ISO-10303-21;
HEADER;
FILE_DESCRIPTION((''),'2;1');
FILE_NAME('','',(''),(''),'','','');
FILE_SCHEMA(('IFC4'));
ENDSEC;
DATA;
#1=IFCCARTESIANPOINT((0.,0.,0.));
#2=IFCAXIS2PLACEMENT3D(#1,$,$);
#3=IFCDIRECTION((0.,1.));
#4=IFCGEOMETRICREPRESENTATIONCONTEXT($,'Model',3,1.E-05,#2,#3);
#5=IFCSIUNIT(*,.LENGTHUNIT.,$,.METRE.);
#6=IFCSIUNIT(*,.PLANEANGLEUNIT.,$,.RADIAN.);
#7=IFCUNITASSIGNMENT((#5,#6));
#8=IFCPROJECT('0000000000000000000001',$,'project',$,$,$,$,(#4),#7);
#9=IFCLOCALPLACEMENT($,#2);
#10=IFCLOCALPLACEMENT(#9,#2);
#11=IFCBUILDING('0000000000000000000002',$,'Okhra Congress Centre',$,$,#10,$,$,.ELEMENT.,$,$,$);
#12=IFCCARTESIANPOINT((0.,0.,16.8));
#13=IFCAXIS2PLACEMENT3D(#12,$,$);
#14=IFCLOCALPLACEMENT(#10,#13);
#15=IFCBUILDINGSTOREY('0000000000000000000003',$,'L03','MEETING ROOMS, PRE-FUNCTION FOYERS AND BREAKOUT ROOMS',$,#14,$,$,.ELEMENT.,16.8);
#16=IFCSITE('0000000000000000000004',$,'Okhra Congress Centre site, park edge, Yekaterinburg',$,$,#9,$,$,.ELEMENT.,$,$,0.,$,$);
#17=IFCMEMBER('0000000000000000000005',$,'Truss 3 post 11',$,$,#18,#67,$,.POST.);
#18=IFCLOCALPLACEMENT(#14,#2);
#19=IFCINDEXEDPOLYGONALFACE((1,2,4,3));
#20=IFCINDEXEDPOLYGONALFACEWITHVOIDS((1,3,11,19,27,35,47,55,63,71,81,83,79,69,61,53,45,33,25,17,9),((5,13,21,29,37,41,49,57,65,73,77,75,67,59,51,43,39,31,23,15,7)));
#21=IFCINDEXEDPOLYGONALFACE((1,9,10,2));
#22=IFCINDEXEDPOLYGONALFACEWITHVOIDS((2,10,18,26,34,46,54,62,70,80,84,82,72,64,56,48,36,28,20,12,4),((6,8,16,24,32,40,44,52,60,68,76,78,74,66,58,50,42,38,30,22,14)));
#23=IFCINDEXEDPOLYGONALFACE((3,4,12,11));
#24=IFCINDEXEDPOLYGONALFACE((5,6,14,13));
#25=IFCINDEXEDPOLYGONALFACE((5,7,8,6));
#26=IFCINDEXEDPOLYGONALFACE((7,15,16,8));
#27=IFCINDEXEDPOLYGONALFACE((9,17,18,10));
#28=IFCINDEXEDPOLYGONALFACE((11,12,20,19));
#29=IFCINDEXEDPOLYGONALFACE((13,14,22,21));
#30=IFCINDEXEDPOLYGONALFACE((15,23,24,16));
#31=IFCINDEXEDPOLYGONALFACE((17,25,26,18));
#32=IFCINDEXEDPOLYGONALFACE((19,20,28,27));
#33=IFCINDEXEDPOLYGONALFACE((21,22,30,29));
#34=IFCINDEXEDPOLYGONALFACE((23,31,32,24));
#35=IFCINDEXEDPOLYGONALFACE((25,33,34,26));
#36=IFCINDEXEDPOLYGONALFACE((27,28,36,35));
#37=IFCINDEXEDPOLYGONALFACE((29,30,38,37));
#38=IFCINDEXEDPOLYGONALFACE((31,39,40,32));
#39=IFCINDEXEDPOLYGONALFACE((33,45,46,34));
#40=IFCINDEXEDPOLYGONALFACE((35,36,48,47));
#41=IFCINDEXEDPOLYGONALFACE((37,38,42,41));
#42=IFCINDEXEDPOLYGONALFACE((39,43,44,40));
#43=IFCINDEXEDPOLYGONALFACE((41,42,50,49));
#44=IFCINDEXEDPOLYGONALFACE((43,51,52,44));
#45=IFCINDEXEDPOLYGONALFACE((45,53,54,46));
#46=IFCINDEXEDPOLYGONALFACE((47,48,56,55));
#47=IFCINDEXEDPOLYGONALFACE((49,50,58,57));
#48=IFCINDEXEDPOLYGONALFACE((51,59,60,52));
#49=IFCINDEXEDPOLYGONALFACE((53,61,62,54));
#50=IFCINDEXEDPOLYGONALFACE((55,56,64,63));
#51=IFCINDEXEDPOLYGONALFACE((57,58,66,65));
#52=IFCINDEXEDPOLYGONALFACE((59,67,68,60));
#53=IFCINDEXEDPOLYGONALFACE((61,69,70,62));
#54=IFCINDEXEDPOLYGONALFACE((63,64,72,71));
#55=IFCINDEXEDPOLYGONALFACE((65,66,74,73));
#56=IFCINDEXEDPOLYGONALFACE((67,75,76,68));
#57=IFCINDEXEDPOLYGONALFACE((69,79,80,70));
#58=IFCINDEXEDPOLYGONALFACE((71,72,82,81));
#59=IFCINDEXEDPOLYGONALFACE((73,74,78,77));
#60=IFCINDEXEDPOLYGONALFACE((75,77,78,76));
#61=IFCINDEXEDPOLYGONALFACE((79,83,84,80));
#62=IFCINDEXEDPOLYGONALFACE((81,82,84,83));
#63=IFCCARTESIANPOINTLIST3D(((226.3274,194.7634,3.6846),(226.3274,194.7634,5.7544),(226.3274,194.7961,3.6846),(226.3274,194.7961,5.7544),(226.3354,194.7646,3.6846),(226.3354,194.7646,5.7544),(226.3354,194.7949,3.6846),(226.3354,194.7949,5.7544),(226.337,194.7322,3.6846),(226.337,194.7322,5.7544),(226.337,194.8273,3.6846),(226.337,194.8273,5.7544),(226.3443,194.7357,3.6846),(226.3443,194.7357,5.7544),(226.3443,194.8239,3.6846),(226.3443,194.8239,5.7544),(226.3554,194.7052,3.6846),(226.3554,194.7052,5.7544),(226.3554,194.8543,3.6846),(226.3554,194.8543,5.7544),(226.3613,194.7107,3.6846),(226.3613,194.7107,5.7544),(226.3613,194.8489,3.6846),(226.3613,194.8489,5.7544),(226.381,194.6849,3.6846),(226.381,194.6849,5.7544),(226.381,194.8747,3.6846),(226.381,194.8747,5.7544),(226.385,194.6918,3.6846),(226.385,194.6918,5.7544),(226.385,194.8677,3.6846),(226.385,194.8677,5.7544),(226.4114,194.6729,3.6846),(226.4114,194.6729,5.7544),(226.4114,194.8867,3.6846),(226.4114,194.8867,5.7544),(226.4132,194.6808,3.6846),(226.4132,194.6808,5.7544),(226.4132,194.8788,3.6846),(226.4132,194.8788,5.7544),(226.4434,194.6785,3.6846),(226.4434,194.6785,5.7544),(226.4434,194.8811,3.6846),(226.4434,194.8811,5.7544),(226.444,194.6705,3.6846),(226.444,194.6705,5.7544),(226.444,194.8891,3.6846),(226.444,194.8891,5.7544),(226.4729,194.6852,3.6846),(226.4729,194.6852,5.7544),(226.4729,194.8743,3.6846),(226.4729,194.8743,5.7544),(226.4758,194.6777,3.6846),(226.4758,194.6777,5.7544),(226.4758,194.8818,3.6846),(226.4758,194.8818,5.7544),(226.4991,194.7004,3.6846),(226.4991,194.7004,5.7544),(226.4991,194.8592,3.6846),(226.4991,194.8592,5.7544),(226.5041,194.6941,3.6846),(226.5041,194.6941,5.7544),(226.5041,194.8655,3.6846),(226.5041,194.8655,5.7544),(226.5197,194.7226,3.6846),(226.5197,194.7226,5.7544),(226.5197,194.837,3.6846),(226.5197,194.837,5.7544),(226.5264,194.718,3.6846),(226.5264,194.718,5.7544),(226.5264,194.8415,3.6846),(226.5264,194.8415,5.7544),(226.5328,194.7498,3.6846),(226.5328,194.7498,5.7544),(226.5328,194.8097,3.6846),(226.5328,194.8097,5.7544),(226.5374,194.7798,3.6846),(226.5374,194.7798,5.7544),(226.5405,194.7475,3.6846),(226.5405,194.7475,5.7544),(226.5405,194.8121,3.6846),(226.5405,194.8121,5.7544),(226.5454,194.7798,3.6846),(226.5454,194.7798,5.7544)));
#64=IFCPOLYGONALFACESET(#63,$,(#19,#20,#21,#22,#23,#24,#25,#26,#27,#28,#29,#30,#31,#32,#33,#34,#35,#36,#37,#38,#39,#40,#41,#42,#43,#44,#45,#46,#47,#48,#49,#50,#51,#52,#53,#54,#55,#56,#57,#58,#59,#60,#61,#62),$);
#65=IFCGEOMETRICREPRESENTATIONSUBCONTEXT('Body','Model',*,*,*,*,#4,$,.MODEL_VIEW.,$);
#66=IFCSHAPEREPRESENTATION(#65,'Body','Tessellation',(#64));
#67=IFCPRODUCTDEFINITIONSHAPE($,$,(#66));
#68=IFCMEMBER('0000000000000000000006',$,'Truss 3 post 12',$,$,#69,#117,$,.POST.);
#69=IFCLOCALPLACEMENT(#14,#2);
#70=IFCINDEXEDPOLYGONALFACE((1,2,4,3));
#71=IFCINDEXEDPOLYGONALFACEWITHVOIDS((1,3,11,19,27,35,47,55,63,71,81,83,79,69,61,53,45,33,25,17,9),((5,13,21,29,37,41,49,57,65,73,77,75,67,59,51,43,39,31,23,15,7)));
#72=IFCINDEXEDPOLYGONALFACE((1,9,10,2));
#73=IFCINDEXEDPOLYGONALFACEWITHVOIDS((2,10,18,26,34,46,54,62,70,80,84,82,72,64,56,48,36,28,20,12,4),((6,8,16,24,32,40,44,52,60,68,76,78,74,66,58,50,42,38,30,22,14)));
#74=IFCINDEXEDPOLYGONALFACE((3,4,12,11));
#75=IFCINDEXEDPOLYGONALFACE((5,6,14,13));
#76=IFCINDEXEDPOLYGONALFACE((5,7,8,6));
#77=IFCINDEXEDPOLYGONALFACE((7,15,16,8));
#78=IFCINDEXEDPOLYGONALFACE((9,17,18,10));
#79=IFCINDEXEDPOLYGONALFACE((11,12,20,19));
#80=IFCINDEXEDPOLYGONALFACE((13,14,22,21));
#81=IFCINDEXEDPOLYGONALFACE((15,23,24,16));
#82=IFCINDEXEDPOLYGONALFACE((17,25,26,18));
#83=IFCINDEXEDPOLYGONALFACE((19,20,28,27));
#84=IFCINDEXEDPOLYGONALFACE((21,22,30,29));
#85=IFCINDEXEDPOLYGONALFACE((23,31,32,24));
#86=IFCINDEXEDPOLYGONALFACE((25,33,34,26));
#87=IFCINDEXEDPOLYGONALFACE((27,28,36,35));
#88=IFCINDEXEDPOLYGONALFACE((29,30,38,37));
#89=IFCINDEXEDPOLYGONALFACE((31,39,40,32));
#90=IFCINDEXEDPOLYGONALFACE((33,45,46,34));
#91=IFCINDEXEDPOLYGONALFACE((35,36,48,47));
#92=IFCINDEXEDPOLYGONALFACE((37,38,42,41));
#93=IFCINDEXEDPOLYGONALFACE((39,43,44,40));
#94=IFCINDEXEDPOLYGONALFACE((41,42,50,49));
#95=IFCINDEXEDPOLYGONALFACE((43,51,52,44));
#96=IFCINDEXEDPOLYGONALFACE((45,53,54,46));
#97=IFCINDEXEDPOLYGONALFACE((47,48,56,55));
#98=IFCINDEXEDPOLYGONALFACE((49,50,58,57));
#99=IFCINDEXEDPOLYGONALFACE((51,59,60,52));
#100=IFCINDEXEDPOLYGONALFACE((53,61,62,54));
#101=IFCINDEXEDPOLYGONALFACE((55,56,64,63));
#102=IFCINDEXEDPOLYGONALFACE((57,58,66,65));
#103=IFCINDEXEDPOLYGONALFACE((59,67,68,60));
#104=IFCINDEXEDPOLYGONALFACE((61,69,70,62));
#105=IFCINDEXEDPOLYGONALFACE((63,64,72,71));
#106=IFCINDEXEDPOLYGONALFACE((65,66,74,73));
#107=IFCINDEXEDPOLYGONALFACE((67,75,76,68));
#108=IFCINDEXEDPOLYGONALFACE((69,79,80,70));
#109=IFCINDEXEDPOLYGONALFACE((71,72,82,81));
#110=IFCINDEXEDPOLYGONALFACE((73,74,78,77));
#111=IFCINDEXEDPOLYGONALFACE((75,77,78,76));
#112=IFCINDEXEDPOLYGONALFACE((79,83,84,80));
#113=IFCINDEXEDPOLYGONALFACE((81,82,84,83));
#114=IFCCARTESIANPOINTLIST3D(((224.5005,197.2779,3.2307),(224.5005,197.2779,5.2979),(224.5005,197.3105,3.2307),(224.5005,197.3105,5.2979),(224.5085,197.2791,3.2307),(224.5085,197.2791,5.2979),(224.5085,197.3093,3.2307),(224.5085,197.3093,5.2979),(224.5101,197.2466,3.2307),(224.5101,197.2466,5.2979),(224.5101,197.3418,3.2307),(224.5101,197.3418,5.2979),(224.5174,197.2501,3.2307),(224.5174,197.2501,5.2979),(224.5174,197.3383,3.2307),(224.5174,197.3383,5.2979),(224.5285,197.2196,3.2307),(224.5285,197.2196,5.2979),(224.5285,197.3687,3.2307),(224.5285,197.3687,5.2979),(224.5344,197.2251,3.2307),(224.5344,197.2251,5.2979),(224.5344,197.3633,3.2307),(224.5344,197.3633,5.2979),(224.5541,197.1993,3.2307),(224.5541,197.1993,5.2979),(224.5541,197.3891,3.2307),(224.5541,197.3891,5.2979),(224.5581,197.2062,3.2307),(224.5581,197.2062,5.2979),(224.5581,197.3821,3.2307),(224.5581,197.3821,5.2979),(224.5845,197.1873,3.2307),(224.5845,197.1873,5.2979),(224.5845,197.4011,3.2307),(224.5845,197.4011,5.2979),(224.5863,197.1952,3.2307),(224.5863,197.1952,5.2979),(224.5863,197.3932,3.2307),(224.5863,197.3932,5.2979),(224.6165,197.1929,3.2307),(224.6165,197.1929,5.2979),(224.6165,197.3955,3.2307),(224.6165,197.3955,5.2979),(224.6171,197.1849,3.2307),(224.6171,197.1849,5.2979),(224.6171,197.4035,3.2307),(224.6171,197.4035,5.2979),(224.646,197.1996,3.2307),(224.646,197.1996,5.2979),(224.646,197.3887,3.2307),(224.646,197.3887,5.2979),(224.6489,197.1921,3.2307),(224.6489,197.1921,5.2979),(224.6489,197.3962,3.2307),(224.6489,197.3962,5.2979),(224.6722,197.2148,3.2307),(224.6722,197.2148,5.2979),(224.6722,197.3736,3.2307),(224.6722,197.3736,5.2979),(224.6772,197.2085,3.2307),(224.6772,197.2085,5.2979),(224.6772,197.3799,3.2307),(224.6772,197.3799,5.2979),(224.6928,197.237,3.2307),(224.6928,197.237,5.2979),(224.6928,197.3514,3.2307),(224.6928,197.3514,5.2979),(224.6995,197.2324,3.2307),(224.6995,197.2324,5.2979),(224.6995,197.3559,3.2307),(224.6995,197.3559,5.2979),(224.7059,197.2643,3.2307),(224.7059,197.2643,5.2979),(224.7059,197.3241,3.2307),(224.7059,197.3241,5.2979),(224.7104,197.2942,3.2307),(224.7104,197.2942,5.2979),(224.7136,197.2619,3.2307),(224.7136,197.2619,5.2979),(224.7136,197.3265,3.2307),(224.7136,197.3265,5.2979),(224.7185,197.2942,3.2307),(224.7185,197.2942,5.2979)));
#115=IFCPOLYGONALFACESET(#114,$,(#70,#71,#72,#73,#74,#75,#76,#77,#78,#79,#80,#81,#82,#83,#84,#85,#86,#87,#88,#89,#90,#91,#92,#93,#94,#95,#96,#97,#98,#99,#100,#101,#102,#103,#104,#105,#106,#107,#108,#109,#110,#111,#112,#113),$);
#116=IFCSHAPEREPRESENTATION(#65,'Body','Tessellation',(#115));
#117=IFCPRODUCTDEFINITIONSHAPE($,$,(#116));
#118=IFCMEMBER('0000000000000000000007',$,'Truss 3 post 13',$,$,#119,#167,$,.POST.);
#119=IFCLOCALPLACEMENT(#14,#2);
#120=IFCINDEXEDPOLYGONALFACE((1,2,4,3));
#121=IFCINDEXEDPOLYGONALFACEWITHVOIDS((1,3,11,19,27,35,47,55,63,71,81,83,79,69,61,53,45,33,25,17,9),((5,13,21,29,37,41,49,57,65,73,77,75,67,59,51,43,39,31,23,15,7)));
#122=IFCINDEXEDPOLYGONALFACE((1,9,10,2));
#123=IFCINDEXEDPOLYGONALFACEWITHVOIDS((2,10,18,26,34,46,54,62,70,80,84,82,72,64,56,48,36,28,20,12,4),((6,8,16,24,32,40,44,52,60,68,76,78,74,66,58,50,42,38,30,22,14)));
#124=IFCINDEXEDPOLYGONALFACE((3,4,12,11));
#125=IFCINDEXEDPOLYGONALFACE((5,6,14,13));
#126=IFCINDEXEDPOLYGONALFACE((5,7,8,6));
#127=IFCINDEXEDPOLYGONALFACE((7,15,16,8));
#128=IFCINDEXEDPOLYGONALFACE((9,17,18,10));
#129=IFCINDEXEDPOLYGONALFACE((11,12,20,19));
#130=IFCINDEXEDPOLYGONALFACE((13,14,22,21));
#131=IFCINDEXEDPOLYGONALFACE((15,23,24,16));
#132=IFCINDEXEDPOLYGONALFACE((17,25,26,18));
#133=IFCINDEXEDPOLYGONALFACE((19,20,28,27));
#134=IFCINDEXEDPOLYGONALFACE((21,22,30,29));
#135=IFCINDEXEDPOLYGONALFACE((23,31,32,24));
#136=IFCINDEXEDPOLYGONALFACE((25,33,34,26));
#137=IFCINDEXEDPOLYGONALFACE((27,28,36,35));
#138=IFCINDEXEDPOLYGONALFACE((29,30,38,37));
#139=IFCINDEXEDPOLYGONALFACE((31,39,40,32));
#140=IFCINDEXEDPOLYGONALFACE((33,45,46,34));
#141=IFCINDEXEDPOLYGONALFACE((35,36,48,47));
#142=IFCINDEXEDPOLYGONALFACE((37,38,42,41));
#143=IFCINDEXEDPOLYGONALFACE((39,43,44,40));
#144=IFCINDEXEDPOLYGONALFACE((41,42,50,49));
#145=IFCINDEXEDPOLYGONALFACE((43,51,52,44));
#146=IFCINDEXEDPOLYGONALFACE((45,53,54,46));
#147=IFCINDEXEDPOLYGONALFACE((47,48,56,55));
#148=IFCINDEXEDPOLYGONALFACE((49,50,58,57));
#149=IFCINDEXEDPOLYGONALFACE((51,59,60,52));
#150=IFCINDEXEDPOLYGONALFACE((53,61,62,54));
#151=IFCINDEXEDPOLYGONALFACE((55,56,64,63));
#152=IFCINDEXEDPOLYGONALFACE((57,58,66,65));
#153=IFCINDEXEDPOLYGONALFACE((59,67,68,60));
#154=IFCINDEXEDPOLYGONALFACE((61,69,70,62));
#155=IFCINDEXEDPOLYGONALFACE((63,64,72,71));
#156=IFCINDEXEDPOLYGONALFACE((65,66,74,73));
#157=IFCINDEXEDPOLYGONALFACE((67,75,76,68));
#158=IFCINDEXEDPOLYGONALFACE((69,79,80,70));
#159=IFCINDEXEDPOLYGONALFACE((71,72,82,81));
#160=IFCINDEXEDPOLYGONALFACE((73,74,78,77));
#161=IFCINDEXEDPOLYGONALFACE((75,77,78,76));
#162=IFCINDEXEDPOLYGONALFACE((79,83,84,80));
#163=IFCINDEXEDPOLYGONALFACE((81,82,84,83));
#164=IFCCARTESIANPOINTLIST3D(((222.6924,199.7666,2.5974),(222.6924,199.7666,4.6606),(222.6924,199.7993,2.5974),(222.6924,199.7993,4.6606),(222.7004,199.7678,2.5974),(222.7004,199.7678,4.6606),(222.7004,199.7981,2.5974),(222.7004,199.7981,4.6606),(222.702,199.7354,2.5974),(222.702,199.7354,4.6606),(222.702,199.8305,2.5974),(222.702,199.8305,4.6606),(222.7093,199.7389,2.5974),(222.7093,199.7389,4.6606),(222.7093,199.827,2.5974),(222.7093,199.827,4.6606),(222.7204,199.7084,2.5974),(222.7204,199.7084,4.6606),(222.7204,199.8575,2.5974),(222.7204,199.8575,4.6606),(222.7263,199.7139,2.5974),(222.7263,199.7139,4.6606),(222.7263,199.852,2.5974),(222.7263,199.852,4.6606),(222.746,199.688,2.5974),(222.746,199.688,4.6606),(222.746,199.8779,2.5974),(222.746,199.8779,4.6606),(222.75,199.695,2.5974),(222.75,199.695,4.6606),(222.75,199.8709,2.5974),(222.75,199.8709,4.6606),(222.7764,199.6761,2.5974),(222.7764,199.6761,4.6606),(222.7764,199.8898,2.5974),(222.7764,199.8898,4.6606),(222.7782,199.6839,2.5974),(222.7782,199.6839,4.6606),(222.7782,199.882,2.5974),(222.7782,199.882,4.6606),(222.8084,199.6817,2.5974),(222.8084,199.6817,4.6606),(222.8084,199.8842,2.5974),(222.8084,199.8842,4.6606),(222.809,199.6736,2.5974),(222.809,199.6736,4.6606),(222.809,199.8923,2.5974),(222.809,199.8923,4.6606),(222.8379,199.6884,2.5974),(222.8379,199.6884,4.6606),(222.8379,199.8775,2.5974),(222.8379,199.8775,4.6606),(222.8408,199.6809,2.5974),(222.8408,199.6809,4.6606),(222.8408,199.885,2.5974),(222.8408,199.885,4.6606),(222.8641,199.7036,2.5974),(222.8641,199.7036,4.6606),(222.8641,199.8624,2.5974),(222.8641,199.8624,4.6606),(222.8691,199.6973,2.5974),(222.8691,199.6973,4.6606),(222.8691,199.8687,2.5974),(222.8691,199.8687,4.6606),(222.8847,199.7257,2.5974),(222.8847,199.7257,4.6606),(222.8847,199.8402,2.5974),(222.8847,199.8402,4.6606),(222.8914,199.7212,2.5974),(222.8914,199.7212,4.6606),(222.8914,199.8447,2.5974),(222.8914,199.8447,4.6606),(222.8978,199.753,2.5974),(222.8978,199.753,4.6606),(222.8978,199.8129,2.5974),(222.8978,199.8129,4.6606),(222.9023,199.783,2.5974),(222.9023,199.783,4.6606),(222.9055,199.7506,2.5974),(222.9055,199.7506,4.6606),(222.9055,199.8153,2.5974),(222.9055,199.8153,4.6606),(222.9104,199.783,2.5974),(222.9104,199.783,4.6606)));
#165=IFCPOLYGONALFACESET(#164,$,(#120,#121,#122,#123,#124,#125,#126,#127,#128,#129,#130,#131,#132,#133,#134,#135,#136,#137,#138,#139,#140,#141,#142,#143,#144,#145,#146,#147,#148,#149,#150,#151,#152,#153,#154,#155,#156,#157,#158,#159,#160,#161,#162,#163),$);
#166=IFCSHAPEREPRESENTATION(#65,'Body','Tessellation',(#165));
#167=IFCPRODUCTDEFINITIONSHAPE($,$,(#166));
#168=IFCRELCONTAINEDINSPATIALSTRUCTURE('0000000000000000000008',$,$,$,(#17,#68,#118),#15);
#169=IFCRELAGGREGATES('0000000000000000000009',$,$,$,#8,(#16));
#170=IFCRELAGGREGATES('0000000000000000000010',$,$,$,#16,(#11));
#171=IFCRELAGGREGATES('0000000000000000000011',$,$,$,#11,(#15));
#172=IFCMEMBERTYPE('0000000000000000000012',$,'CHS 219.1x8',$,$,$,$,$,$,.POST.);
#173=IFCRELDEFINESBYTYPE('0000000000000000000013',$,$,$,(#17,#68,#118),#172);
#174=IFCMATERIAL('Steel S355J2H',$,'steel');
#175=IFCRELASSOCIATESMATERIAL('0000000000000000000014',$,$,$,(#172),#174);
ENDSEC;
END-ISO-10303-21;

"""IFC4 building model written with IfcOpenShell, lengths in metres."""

from ifc_helpers import new_model, si_unit, direction, frame, origin, origin_2d, place, context, subcontext, project, spatial, hollow_circle, extrude, material, material_profile, profile_set, type_object, element, save


model = new_model("IFC4")

# Units and contexts
model_context = context("Model", 3, precision=1e-05, world=origin(), true_north=direction((0.0, 1.0)))
body_context = subcontext(model_context, "Body", "Model", "MODEL_VIEW")
ifc_project = project(units=[si_unit("LENGTHUNIT", "METRE"), si_unit("PLANEANGLEUNIT", "RADIAN")], contexts=[model_context])

# Site, building, storey
site_placement = place(None, origin())
site = spatial("IfcSite", under=ifc_project, at=site_placement, Name="Okhra Congress Centre site, park edge, Yekaterinburg", CompositionType="ELEMENT", RefElevation=0.0)
building_placement = place(site_placement, origin())
building = spatial("IfcBuilding", under=site, at=building_placement, Name="Okhra Congress Centre", CompositionType="ELEMENT")
storey_placement = place(building_placement, frame((0.0, 0.0, 16.8)))
storey = spatial("IfcBuildingStorey", under=building, at=storey_placement, Name="L03", Description="MEETING ROOMS, PRE-FUNCTION FOYERS AND BREAKOUT ROOMS", CompositionType="ELEMENT", Elevation=16.8)

# Members
ifc_material_1 = material(Name="Steel S355J2H", Category="steel")
ifc_material_profile_1 = material_profile(ifc_material_1, hollow_circle(Radius=0.1096, WallThickness=0.0081, at=origin_2d()), Name="CHS 219.1x8")
ifc_profile_set_1 = profile_set([ifc_material_profile_1], Name="Steel S355J2H")
member_type_1 = type_object("IfcMemberType", Name="CHS 219.1x8", PredefinedType="POST", material=ifc_profile_set_1)
for number, where, z_axis, x_axis, name in (
    (1, (226.4358, 194.7798, 3.6846), (0.0, 0.0, 1.0), (1.0, 0.0, 0.0), "Truss 3 post 11"),
):
    element("IfcMember", number, at=place(storey_placement, frame(where, z_axis=z_axis, x_axis=x_axis)), inside=storey, type_object=member_type_1, Name=name, PredefinedType="POST", context=body_context, shape_type="SweptSolid", body=[
        extrude(hollow_circle(Radius=0.1096, WallThickness=0.0081, at=origin_2d()), origin(), (0.0, 0.0, 1.0), 2.0698),
    ])
member_1_placement = place(storey_placement, frame((224.6089, 197.2942, 3.2307), z_axis=(0.0, 0.0, 1.0), x_axis=(1.0, 0.0, 0.0)))
element("IfcMember", 2, at=member_1_placement, inside=storey, type_object=member_type_1, Name="Truss 3 post 12", PredefinedType="POST", context=body_context, shape_type="SweptSolid", body=[
    extrude(hollow_circle(Radius=0.1096, WallThickness=0.0081, at=origin_2d()), origin(), (0.0, 0.0, 1.0), 2.0671),
])
member_2_placement = place(storey_placement, frame((222.8008, 199.783, 2.5974), z_axis=(0.0, 0.0, 1.0), x_axis=(1.0, 0.0, 0.0)))
element("IfcMember", 3, at=member_2_placement, inside=storey, type_object=member_type_1, Name="Truss 3 post 13", PredefinedType="POST", context=body_context, shape_type="SweptSolid", body=[
    extrude(hollow_circle(Radius=0.1096, WallThickness=0.0081, at=origin_2d()), origin(), (0.0, 0.0, 1.0), 2.0632),
])

save(model, "model.ifc")
